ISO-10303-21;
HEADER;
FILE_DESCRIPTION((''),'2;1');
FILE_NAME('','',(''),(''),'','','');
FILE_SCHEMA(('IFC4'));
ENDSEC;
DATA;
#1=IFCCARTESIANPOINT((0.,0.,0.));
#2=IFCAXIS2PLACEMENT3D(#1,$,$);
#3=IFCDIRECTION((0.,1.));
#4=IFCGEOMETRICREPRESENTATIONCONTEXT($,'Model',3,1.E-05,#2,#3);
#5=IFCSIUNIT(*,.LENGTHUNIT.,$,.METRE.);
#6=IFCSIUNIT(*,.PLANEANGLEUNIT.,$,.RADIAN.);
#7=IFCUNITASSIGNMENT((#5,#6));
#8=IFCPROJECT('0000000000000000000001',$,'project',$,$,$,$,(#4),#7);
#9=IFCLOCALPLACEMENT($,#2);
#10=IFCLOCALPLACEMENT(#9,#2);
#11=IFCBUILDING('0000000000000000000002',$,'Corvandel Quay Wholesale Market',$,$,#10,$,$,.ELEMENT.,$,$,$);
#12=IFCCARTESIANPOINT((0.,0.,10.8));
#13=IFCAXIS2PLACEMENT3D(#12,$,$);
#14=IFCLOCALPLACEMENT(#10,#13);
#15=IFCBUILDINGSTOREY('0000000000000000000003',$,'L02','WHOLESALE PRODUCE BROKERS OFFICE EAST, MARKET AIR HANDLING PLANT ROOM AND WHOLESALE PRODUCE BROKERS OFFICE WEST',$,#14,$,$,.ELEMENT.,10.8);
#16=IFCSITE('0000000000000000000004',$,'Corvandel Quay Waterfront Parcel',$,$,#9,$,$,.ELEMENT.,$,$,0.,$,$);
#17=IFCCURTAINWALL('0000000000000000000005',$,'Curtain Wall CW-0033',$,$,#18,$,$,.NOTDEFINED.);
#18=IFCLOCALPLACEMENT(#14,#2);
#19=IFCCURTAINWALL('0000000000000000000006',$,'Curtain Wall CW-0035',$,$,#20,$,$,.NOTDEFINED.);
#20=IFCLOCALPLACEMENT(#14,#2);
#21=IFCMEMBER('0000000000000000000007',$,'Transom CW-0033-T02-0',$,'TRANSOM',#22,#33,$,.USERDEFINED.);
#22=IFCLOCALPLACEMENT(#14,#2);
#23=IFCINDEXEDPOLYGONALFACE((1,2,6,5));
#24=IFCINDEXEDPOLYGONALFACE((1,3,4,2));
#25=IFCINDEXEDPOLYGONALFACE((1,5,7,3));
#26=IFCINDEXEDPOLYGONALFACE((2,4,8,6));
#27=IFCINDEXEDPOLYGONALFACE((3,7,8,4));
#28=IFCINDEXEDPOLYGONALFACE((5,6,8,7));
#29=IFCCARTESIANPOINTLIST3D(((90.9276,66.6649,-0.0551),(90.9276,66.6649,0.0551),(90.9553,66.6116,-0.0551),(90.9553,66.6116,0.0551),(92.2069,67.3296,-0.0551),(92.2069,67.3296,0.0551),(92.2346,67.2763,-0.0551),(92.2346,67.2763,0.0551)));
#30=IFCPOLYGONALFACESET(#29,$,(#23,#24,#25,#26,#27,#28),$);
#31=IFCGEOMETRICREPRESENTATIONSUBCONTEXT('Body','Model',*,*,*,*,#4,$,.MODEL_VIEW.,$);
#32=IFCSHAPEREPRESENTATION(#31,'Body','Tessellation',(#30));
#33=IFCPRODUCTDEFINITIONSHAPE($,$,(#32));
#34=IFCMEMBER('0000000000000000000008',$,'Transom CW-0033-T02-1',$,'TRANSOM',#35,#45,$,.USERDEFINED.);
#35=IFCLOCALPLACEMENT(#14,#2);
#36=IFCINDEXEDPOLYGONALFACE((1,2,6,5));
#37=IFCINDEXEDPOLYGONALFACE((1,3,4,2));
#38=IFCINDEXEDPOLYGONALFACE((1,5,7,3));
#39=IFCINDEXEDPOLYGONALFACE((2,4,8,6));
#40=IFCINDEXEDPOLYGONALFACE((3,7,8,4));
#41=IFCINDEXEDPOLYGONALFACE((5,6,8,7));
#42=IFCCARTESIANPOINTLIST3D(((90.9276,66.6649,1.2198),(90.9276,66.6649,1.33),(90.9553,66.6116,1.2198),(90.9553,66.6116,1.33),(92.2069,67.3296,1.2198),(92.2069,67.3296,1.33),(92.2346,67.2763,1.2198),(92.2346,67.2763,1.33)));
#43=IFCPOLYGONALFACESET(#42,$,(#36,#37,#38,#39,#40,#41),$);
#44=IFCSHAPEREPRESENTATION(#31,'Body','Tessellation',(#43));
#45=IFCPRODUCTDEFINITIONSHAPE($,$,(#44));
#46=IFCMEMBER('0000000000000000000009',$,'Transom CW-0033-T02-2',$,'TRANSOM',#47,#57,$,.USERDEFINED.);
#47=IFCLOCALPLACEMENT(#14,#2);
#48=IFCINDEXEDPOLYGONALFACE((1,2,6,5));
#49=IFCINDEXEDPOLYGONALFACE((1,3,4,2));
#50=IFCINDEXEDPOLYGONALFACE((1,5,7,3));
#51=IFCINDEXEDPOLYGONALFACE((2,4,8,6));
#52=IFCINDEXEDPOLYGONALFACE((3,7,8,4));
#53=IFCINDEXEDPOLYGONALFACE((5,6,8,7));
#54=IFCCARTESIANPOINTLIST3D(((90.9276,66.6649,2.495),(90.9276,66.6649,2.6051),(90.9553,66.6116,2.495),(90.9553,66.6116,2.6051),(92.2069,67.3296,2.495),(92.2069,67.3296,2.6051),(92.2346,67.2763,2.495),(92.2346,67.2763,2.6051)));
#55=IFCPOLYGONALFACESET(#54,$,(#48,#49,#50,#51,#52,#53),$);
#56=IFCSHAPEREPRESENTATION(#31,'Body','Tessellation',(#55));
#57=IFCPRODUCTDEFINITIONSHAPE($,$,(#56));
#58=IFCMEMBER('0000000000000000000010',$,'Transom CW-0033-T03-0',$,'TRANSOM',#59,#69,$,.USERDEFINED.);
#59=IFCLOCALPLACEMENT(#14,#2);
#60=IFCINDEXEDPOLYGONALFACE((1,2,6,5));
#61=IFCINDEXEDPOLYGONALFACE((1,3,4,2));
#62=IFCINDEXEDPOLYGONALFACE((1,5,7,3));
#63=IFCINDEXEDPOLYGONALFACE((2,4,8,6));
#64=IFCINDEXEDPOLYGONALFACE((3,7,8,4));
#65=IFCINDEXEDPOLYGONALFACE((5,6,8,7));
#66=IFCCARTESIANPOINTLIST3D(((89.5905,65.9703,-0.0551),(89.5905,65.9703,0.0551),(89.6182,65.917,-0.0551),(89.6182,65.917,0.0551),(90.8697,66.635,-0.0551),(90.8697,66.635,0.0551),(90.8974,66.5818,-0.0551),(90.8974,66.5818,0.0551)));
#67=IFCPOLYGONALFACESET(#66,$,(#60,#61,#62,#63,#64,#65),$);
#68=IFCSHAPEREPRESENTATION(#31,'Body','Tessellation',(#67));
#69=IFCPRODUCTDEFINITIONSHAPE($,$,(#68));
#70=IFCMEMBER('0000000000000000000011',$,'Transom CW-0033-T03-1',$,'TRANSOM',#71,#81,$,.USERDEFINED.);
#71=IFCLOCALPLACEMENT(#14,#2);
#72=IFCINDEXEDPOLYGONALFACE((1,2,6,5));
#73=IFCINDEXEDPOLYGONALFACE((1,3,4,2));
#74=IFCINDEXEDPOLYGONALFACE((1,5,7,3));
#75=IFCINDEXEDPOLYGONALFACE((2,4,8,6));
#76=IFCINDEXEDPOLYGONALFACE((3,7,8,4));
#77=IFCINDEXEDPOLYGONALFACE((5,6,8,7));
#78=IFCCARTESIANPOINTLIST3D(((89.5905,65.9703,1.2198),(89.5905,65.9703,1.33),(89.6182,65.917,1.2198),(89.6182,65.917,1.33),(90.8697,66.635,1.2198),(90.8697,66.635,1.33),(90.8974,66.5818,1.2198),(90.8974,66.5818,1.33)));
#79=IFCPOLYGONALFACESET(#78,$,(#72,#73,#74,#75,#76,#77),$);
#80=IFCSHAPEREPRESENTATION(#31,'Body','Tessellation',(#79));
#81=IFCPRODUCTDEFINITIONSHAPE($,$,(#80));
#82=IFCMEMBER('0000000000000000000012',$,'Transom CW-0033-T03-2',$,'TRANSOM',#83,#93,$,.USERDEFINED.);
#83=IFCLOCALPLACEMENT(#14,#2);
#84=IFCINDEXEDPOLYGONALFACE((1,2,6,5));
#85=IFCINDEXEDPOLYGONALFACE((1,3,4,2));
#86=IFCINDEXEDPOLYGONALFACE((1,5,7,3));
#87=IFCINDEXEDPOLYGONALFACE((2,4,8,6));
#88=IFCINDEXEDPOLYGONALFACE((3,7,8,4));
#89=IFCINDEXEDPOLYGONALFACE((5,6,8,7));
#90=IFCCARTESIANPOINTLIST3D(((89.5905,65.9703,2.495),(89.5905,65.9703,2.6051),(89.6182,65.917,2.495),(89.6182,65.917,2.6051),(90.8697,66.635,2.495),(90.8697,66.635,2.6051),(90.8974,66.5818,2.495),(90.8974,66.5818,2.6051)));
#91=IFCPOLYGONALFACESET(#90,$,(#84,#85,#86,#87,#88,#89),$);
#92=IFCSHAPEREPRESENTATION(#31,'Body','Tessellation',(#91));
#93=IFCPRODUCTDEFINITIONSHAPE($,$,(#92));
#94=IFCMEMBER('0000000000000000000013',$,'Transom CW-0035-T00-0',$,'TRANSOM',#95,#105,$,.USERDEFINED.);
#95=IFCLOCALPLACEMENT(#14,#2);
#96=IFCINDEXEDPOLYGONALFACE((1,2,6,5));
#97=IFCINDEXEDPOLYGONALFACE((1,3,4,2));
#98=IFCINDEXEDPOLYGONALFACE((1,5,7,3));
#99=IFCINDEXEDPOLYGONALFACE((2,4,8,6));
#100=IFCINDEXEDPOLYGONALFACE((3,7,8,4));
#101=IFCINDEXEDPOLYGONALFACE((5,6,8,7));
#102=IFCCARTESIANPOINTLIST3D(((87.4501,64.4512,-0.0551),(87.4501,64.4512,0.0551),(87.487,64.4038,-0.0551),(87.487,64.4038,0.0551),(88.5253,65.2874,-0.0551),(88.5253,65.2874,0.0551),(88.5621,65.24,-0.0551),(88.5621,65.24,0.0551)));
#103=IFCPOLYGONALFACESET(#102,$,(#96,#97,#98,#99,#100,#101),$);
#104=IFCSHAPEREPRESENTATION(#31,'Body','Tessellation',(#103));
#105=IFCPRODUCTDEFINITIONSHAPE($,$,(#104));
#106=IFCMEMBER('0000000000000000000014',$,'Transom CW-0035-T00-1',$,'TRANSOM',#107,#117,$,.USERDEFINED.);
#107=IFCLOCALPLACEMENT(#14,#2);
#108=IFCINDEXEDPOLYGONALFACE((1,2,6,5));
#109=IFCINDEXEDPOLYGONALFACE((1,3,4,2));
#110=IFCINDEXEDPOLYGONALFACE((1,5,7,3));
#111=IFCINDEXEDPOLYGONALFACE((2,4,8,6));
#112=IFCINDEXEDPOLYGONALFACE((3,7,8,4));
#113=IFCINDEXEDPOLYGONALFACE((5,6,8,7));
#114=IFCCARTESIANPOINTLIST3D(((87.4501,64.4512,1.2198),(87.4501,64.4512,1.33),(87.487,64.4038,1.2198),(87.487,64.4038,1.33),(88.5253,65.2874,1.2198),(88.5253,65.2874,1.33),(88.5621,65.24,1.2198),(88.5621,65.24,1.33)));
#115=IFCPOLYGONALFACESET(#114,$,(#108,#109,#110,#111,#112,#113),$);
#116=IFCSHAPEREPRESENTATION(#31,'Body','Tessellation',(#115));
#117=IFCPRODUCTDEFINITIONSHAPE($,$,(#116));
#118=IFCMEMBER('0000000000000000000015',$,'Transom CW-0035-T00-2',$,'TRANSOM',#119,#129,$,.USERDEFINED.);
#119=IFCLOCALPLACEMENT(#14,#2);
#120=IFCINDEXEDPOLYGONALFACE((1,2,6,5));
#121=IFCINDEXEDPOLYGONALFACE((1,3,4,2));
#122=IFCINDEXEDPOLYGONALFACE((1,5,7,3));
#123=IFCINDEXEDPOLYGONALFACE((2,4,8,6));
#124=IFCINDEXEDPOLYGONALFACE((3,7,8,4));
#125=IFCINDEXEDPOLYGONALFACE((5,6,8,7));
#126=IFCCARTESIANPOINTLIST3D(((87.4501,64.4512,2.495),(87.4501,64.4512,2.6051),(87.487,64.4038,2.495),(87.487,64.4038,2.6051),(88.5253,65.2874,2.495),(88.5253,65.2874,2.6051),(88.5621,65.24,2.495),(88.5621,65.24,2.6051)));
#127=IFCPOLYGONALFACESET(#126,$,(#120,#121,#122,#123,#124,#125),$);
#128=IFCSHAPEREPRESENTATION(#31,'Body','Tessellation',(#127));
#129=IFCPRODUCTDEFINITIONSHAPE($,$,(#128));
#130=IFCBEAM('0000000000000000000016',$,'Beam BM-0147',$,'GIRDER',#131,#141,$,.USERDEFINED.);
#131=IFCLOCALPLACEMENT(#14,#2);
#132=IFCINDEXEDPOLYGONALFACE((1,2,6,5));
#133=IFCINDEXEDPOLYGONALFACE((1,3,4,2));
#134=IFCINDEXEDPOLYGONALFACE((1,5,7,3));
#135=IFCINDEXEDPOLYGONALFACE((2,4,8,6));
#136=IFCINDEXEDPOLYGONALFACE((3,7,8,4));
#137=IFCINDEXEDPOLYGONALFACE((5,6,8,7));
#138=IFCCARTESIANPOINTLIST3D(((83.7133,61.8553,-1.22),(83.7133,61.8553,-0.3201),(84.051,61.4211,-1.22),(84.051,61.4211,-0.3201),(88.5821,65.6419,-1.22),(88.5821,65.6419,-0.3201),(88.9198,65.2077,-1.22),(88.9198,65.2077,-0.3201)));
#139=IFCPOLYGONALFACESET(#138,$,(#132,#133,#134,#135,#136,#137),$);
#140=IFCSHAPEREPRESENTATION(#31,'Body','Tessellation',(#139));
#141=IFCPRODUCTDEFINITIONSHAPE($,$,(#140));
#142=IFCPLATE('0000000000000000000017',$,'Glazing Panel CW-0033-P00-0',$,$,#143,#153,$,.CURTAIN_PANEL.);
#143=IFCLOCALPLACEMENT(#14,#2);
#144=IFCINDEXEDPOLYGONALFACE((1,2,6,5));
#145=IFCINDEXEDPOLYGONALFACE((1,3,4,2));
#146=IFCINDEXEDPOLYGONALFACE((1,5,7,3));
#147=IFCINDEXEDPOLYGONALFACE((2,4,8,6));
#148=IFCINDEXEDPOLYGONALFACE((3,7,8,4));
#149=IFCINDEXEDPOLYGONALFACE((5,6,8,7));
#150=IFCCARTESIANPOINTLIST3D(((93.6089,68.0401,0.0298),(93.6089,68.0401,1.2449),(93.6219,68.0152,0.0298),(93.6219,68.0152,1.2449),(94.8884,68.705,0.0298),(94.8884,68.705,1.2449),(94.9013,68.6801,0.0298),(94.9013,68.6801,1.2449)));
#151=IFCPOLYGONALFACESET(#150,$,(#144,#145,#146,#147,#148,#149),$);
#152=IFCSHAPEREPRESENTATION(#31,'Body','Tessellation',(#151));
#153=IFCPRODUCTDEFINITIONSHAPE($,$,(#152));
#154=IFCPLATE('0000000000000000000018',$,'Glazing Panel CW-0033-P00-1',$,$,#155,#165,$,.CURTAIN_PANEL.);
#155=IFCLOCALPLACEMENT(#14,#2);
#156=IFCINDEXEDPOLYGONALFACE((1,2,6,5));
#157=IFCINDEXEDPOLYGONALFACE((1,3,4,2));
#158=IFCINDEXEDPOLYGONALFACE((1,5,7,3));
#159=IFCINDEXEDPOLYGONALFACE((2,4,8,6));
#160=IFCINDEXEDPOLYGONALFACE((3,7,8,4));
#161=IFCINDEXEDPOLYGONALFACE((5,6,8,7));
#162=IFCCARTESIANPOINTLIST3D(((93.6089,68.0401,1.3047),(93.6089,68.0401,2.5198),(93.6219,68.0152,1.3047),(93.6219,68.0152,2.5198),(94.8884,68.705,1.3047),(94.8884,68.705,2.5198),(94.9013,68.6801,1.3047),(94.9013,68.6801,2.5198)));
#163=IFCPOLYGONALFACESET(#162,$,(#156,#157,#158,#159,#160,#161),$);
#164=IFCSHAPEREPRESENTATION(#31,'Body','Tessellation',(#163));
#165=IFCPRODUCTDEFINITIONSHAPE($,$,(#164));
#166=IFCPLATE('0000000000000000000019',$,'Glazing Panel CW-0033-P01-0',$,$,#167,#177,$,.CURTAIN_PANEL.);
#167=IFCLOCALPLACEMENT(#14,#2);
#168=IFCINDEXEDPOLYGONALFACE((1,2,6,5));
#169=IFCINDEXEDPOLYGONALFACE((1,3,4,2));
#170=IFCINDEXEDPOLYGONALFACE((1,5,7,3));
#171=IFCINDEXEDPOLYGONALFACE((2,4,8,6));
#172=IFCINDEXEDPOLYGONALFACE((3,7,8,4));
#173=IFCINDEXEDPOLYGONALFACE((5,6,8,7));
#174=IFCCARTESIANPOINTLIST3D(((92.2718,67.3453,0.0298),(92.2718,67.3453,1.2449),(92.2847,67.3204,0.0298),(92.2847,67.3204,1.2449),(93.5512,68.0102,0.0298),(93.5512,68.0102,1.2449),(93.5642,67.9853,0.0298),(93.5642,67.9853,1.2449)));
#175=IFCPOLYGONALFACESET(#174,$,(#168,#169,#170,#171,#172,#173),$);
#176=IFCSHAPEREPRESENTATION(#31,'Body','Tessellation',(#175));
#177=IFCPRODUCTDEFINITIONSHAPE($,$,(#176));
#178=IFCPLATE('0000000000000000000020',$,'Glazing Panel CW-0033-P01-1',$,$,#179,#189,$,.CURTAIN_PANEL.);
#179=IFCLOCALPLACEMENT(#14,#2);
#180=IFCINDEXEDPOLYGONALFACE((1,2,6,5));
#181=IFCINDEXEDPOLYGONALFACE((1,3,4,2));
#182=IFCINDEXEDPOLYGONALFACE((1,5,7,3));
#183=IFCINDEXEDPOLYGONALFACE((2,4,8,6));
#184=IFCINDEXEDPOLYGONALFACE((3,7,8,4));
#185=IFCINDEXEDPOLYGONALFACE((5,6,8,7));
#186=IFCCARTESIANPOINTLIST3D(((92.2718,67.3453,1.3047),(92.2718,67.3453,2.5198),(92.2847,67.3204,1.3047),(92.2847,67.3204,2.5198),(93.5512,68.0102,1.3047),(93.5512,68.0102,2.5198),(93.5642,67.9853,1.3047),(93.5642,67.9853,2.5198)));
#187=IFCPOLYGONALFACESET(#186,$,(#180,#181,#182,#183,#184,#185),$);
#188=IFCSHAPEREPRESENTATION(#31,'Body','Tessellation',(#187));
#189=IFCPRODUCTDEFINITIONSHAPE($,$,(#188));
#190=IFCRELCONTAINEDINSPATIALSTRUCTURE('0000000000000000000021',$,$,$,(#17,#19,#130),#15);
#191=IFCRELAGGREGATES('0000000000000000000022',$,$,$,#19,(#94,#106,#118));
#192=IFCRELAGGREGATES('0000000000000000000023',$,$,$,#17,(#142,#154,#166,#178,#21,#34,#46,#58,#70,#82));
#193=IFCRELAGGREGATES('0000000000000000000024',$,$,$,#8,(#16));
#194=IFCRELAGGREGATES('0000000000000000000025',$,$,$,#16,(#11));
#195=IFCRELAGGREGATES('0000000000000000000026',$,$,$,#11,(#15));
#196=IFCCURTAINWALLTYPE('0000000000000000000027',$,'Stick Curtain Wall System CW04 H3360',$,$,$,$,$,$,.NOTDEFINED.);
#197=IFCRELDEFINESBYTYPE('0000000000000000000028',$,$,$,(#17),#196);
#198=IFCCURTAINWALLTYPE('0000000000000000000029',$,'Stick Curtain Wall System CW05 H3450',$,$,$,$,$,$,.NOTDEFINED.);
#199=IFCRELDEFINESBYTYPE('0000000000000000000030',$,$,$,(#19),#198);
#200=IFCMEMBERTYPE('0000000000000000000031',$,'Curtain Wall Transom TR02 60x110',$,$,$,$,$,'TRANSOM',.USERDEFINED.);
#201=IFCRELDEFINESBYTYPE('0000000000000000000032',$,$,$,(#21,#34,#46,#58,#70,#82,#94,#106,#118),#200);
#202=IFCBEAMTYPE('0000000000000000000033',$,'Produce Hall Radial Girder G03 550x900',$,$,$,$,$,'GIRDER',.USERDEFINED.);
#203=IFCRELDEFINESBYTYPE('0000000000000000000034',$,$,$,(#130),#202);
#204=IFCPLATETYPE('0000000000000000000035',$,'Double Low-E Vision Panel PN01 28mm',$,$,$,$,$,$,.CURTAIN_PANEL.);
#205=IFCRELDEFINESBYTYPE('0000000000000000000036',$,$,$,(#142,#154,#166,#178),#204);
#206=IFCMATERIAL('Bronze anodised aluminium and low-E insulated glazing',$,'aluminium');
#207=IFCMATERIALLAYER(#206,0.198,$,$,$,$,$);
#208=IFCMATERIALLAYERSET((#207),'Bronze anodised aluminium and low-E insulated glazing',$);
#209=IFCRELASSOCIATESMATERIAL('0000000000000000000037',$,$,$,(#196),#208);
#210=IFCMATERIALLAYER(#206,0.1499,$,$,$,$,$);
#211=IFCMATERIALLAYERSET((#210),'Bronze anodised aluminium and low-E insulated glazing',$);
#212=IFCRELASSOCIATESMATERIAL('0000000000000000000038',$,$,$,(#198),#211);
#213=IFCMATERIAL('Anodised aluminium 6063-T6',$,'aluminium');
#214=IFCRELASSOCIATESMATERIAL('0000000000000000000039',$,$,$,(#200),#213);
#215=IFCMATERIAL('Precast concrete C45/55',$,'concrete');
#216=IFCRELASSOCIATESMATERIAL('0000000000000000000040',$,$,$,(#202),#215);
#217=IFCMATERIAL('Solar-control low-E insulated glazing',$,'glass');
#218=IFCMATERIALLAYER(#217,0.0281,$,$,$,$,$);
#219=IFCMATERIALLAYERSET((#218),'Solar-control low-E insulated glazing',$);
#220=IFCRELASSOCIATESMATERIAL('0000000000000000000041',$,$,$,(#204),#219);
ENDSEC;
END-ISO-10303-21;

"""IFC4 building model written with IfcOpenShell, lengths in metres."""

from ifc_helpers import new_model, si_unit, direction, frame, origin, origin_2d, place, context, subcontext, project, spatial, rectangle, extrude, material, layer, layer_set, material_profile, profile_set, type_object, element, aggregate, save


model = new_model("IFC4")

# Units and contexts
model_context = context("Model", 3, precision=1e-05, world=origin(), true_north=direction((0.0, 1.0)))
body_context = subcontext(model_context, "Body", "Model", "MODEL_VIEW")
ifc_project = project(units=[si_unit("LENGTHUNIT", "METRE"), si_unit("PLANEANGLEUNIT", "RADIAN")], contexts=[model_context])

# Site, building, storey
site_placement = place(None, origin())
site = spatial("IfcSite", under=ifc_project, at=site_placement, Name="Corvandel Quay Waterfront Parcel", CompositionType="ELEMENT", RefElevation=0.0)
building_placement = place(site_placement, origin())
building = spatial("IfcBuilding", under=site, at=building_placement, Name="Corvandel Quay Wholesale Market", CompositionType="ELEMENT")
storey_placement = place(building_placement, frame((0.0, 0.0, 10.8)))
storey = spatial("IfcBuildingStorey", under=building, at=storey_placement, Name="L02", Description="WHOLESALE PRODUCE BROKERS OFFICE EAST, MARKET AIR HANDLING PLANT ROOM AND WHOLESALE PRODUCE BROKERS OFFICE WEST", CompositionType="ELEMENT", Elevation=10.8)

# Shared definitions
ifc_material_1 = material(Name="Precast concrete C45/55", Category="concrete")

# Curtain wall
ifc_material_2 = material(Name="Bronze anodised aluminium and low-E insulated glazing", Category="aluminium")
ifc_layer_1 = layer(ifc_material_2, 0.198)
ifc_layer_set_1 = layer_set([ifc_layer_1], Name="Bronze anodised aluminium and low-E insulated glazing")
curtain_wall_type_1 = type_object("IfcCurtainWallType", Name="Stick Curtain Wall System CW04 H3360", PredefinedType="NOTDEFINED", material=ifc_layer_set_1)
curtain_wall_1_placement = place(storey_placement, origin())
curtain_wall_1 = element("IfcCurtainWall", 1, at=curtain_wall_1_placement, inside=storey, type_object=curtain_wall_type_1, Name="Curtain Wall CW-0033", PredefinedType="NOTDEFINED")
ifc_material_3 = material(Name="Anodised aluminium 6063-T6", Category="aluminium")

# Curtain wall
ifc_layer_2 = layer(ifc_material_2, 0.1499)
ifc_layer_set_2 = layer_set([ifc_layer_2], Name="Bronze anodised aluminium and low-E insulated glazing")
curtain_wall_type_2 = type_object("IfcCurtainWallType", Name="Stick Curtain Wall System CW05 H3450", PredefinedType="NOTDEFINED", material=ifc_layer_set_2)
curtain_wall_2_placement = place(storey_placement, origin())
curtain_wall_2 = element("IfcCurtainWall", 2, at=curtain_wall_2_placement, inside=storey, type_object=curtain_wall_type_2, Name="Curtain Wall CW-0035", PredefinedType="NOTDEFINED")

# Members
ifc_material_profile_1 = material_profile(ifc_material_3, rectangle(XDim=0.0601, YDim=0.1101, at=origin_2d()), Name="ALU-TRN-60x110")
ifc_profile_set_1 = profile_set([ifc_material_profile_1], Name="Anodised aluminium 6063-T6")
member_type_1 = type_object("IfcMemberType", Name="Curtain Wall Transom TR02 60x110", ElementType="TRANSOM", PredefinedType="USERDEFINED", material=ifc_profile_set_1)
member_1_placement = place(storey_placement, frame((92.2207, 67.303, 0.0), z_axis=(-0.887342, -0.461113, 0.0), x_axis=(0.461113, -0.887342, 0.0)))
member_1 = element("IfcMember", 3, at=member_1_placement, type_object=member_type_1, Name="Transom CW-0033-T02-0", ObjectType="TRANSOM", PredefinedType="USERDEFINED", context=body_context, shape_type="SweptSolid", body=[
    extrude(rectangle(XDim=0.0601, YDim=0.1101, at=origin_2d()), origin(), (0.0, 0.0, 1.0), 1.4417),
])
member_2_placement = place(storey_placement, frame((92.2207, 67.303, 1.2749), z_axis=(-0.887342, -0.461113, 0.0), x_axis=(0.461113, -0.887342, 0.0)))
member_2 = element("IfcMember", 4, at=member_2_placement, type_object=member_type_1, Name="Transom CW-0033-T02-1", ObjectType="TRANSOM", PredefinedType="USERDEFINED", context=body_context, shape_type="SweptSolid", body=[
    extrude(rectangle(XDim=0.0601, YDim=0.1101, at=origin_2d()), origin(), (0.0, 0.0, 1.0), 1.4417),
])
member_3_placement = place(storey_placement, frame((92.2207, 67.303, 2.55), z_axis=(-0.887342, -0.461113, 0.0), x_axis=(0.461113, -0.887342, 0.0)))
member_3 = element("IfcMember", 5, at=member_3_placement, type_object=member_type_1, Name="Transom CW-0033-T02-2", ObjectType="TRANSOM", PredefinedType="USERDEFINED", context=body_context, shape_type="SweptSolid", body=[
    extrude(rectangle(XDim=0.0601, YDim=0.1101, at=origin_2d()), origin(), (0.0, 0.0, 1.0), 1.4417),
])
member_4_placement = place(storey_placement, frame((90.8835, 66.6084, 0.0), z_axis=(-0.887342, -0.461113, 0.0), x_axis=(0.461113, -0.887342, 0.0)))
member_4 = element("IfcMember", 6, at=member_4_placement, type_object=member_type_1, Name="Transom CW-0033-T03-0", ObjectType="TRANSOM", PredefinedType="USERDEFINED", context=body_context, shape_type="SweptSolid", body=[
    extrude(rectangle(XDim=0.0601, YDim=0.1101, at=origin_2d()), origin(), (0.0, 0.0, 1.0), 1.4417),
])
member_5_placement = place(storey_placement, frame((90.8835, 66.6084, 1.2749), z_axis=(-0.887342, -0.461113, 0.0), x_axis=(0.461113, -0.887342, 0.0)))
member_5 = element("IfcMember", 7, at=member_5_placement, type_object=member_type_1, Name="Transom CW-0033-T03-1", ObjectType="TRANSOM", PredefinedType="USERDEFINED", context=body_context, shape_type="SweptSolid", body=[
    extrude(rectangle(XDim=0.0601, YDim=0.1101, at=origin_2d()), origin(), (0.0, 0.0, 1.0), 1.4417),
])
member_6_placement = place(storey_placement, frame((90.8835, 66.6084, 2.55), z_axis=(-0.887342, -0.461113, 0.0), x_axis=(0.461113, -0.887342, 0.0)))
member_6 = element("IfcMember", 8, at=member_6_placement, type_object=member_type_1, Name="Transom CW-0033-T03-2", ObjectType="TRANSOM", PredefinedType="USERDEFINED", context=body_context, shape_type="SweptSolid", body=[
    extrude(rectangle(XDim=0.0601, YDim=0.1101, at=origin_2d()), origin(), (0.0, 0.0, 1.0), 1.4417),
])
member_7_placement = place(storey_placement, frame((88.5437, 65.2637, 0.0), z_axis=(-0.789381, -0.613903, 0.0), x_axis=(0.613903, -0.789381, 0.0)))
member_7 = element("IfcMember", 9, at=member_7_placement, type_object=member_type_1, Name="Transom CW-0035-T00-0", ObjectType="TRANSOM", PredefinedType="USERDEFINED", context=body_context, shape_type="SweptSolid", body=[
    extrude(rectangle(XDim=0.0601, YDim=0.1101, at=origin_2d()), origin(), (0.0, 0.0, 1.0), 1.3621),
])
member_8_placement = place(storey_placement, frame((88.5437, 65.2637, 1.2749), z_axis=(-0.789381, -0.613903, 0.0), x_axis=(0.613903, -0.789381, 0.0)))
member_8 = element("IfcMember", 10, at=member_8_placement, type_object=member_type_1, Name="Transom CW-0035-T00-1", ObjectType="TRANSOM", PredefinedType="USERDEFINED", context=body_context, shape_type="SweptSolid", body=[
    extrude(rectangle(XDim=0.0601, YDim=0.1101, at=origin_2d()), origin(), (0.0, 0.0, 1.0), 1.3621),
])
member_9_placement = place(storey_placement, frame((88.5437, 65.2637, 2.55), z_axis=(-0.789381, -0.613903, 0.0), x_axis=(0.613903, -0.789381, 0.0)))
member_9 = element("IfcMember", 11, at=member_9_placement, type_object=member_type_1, Name="Transom CW-0035-T00-2", ObjectType="TRANSOM", PredefinedType="USERDEFINED", context=body_context, shape_type="SweptSolid", body=[
    extrude(rectangle(XDim=0.0601, YDim=0.1101, at=origin_2d()), origin(), (0.0, 0.0, 1.0), 1.3621),
])
aggregate(curtain_wall_2, [member_7, member_8, member_9])

# Beam
ifc_material_profile_2 = material_profile(ifc_material_1, rectangle(XDim=0.55, YDim=0.8999, at=origin_2d()), Name="PC-GIR-550x900")
ifc_profile_set_2 = profile_set([ifc_material_profile_2], Name="Precast concrete C45/55")
beam_type = type_object("IfcBeamType", Name="Produce Hall Radial Girder G03 550x900", ElementType="GIRDER", PredefinedType="USERDEFINED", material=ifc_profile_set_2)
beam_placement = place(storey_placement, frame((88.751, 65.4248, -0.77), z_axis=(-0.789376, -0.61391, 0.0), x_axis=(0.61391, -0.789376, 0.0)))
element("IfcBeam", 12, at=beam_placement, inside=storey, type_object=beam_type, Name="Beam BM-0147", ObjectType="GIRDER", PredefinedType="USERDEFINED", context=body_context, shape_type="SweptSolid", body=[
    extrude(rectangle(XDim=0.55, YDim=0.8999, at=origin_2d()), origin(), (0.0, 0.0, 1.0), 6.168),
])

# Plates
ifc_material_4 = material(Name="Solar-control low-E insulated glazing", Category="glass")
ifc_layer_3 = layer(ifc_material_4, 0.0281)
ifc_layer_set_3 = layer_set([ifc_layer_3], Name="Solar-control low-E insulated glazing")
plate_type = type_object("IfcPlateType", Name="Double Low-E Vision Panel PN01 28mm", PredefinedType="CURTAIN_PANEL", material=ifc_layer_set_3)
plate_1_placement = place(storey_placement, frame((94.2551, 68.3601, 0.0298), z_axis=(0.0, 0.0, 1.0), x_axis=(0.887333, 0.461129, 0.0)))
plate_1 = element("IfcPlate", 13, at=plate_1_placement, type_object=plate_type, Name="Glazing Panel CW-0033-P00-0", PredefinedType="CURTAIN_PANEL", context=body_context, shape_type="SweptSolid", body=[
    extrude(rectangle(XDim=1.4419, YDim=0.0281, at=origin_2d()), origin(), (0.0, 0.0, 1.0), 1.2151),
])
plate_2_placement = place(storey_placement, frame((94.2551, 68.3601, 1.3047), z_axis=(0.0, 0.0, 1.0), x_axis=(0.887333, 0.461129, 0.0)))
plate_2 = element("IfcPlate", 14, at=plate_2_placement, type_object=plate_type, Name="Glazing Panel CW-0033-P00-1", PredefinedType="CURTAIN_PANEL", context=body_context, shape_type="SweptSolid", body=[
    extrude(rectangle(XDim=1.4419, YDim=0.0281, at=origin_2d()), origin(), (0.0, 0.0, 1.0), 1.2151),
])
plate_3_placement = place(storey_placement, frame((92.918, 67.6653, 0.0298), z_axis=(0.0, 0.0, 1.0), x_axis=(0.887333, 0.461129, 0.0)))
plate_3 = element("IfcPlate", 15, at=plate_3_placement, type_object=plate_type, Name="Glazing Panel CW-0033-P01-0", PredefinedType="CURTAIN_PANEL", context=body_context, shape_type="SweptSolid", body=[
    extrude(rectangle(XDim=1.4419, YDim=0.0281, at=origin_2d()), origin(), (0.0, 0.0, 1.0), 1.2151),
])
plate_4_placement = place(storey_placement, frame((92.918, 67.6653, 1.3047), z_axis=(0.0, 0.0, 1.0), x_axis=(0.887333, 0.461129, 0.0)))
plate_4 = element("IfcPlate", 16, at=plate_4_placement, type_object=plate_type, Name="Glazing Panel CW-0033-P01-1", PredefinedType="CURTAIN_PANEL", context=body_context, shape_type="SweptSolid", body=[
    extrude(rectangle(XDim=1.4419, YDim=0.0281, at=origin_2d()), origin(), (0.0, 0.0, 1.0), 1.2151),
])
aggregate(curtain_wall_1, [plate_1, plate_2, plate_3, plate_4, member_1, member_2, member_3, member_4, member_5, member_6])

save(model, "model.ifc")
